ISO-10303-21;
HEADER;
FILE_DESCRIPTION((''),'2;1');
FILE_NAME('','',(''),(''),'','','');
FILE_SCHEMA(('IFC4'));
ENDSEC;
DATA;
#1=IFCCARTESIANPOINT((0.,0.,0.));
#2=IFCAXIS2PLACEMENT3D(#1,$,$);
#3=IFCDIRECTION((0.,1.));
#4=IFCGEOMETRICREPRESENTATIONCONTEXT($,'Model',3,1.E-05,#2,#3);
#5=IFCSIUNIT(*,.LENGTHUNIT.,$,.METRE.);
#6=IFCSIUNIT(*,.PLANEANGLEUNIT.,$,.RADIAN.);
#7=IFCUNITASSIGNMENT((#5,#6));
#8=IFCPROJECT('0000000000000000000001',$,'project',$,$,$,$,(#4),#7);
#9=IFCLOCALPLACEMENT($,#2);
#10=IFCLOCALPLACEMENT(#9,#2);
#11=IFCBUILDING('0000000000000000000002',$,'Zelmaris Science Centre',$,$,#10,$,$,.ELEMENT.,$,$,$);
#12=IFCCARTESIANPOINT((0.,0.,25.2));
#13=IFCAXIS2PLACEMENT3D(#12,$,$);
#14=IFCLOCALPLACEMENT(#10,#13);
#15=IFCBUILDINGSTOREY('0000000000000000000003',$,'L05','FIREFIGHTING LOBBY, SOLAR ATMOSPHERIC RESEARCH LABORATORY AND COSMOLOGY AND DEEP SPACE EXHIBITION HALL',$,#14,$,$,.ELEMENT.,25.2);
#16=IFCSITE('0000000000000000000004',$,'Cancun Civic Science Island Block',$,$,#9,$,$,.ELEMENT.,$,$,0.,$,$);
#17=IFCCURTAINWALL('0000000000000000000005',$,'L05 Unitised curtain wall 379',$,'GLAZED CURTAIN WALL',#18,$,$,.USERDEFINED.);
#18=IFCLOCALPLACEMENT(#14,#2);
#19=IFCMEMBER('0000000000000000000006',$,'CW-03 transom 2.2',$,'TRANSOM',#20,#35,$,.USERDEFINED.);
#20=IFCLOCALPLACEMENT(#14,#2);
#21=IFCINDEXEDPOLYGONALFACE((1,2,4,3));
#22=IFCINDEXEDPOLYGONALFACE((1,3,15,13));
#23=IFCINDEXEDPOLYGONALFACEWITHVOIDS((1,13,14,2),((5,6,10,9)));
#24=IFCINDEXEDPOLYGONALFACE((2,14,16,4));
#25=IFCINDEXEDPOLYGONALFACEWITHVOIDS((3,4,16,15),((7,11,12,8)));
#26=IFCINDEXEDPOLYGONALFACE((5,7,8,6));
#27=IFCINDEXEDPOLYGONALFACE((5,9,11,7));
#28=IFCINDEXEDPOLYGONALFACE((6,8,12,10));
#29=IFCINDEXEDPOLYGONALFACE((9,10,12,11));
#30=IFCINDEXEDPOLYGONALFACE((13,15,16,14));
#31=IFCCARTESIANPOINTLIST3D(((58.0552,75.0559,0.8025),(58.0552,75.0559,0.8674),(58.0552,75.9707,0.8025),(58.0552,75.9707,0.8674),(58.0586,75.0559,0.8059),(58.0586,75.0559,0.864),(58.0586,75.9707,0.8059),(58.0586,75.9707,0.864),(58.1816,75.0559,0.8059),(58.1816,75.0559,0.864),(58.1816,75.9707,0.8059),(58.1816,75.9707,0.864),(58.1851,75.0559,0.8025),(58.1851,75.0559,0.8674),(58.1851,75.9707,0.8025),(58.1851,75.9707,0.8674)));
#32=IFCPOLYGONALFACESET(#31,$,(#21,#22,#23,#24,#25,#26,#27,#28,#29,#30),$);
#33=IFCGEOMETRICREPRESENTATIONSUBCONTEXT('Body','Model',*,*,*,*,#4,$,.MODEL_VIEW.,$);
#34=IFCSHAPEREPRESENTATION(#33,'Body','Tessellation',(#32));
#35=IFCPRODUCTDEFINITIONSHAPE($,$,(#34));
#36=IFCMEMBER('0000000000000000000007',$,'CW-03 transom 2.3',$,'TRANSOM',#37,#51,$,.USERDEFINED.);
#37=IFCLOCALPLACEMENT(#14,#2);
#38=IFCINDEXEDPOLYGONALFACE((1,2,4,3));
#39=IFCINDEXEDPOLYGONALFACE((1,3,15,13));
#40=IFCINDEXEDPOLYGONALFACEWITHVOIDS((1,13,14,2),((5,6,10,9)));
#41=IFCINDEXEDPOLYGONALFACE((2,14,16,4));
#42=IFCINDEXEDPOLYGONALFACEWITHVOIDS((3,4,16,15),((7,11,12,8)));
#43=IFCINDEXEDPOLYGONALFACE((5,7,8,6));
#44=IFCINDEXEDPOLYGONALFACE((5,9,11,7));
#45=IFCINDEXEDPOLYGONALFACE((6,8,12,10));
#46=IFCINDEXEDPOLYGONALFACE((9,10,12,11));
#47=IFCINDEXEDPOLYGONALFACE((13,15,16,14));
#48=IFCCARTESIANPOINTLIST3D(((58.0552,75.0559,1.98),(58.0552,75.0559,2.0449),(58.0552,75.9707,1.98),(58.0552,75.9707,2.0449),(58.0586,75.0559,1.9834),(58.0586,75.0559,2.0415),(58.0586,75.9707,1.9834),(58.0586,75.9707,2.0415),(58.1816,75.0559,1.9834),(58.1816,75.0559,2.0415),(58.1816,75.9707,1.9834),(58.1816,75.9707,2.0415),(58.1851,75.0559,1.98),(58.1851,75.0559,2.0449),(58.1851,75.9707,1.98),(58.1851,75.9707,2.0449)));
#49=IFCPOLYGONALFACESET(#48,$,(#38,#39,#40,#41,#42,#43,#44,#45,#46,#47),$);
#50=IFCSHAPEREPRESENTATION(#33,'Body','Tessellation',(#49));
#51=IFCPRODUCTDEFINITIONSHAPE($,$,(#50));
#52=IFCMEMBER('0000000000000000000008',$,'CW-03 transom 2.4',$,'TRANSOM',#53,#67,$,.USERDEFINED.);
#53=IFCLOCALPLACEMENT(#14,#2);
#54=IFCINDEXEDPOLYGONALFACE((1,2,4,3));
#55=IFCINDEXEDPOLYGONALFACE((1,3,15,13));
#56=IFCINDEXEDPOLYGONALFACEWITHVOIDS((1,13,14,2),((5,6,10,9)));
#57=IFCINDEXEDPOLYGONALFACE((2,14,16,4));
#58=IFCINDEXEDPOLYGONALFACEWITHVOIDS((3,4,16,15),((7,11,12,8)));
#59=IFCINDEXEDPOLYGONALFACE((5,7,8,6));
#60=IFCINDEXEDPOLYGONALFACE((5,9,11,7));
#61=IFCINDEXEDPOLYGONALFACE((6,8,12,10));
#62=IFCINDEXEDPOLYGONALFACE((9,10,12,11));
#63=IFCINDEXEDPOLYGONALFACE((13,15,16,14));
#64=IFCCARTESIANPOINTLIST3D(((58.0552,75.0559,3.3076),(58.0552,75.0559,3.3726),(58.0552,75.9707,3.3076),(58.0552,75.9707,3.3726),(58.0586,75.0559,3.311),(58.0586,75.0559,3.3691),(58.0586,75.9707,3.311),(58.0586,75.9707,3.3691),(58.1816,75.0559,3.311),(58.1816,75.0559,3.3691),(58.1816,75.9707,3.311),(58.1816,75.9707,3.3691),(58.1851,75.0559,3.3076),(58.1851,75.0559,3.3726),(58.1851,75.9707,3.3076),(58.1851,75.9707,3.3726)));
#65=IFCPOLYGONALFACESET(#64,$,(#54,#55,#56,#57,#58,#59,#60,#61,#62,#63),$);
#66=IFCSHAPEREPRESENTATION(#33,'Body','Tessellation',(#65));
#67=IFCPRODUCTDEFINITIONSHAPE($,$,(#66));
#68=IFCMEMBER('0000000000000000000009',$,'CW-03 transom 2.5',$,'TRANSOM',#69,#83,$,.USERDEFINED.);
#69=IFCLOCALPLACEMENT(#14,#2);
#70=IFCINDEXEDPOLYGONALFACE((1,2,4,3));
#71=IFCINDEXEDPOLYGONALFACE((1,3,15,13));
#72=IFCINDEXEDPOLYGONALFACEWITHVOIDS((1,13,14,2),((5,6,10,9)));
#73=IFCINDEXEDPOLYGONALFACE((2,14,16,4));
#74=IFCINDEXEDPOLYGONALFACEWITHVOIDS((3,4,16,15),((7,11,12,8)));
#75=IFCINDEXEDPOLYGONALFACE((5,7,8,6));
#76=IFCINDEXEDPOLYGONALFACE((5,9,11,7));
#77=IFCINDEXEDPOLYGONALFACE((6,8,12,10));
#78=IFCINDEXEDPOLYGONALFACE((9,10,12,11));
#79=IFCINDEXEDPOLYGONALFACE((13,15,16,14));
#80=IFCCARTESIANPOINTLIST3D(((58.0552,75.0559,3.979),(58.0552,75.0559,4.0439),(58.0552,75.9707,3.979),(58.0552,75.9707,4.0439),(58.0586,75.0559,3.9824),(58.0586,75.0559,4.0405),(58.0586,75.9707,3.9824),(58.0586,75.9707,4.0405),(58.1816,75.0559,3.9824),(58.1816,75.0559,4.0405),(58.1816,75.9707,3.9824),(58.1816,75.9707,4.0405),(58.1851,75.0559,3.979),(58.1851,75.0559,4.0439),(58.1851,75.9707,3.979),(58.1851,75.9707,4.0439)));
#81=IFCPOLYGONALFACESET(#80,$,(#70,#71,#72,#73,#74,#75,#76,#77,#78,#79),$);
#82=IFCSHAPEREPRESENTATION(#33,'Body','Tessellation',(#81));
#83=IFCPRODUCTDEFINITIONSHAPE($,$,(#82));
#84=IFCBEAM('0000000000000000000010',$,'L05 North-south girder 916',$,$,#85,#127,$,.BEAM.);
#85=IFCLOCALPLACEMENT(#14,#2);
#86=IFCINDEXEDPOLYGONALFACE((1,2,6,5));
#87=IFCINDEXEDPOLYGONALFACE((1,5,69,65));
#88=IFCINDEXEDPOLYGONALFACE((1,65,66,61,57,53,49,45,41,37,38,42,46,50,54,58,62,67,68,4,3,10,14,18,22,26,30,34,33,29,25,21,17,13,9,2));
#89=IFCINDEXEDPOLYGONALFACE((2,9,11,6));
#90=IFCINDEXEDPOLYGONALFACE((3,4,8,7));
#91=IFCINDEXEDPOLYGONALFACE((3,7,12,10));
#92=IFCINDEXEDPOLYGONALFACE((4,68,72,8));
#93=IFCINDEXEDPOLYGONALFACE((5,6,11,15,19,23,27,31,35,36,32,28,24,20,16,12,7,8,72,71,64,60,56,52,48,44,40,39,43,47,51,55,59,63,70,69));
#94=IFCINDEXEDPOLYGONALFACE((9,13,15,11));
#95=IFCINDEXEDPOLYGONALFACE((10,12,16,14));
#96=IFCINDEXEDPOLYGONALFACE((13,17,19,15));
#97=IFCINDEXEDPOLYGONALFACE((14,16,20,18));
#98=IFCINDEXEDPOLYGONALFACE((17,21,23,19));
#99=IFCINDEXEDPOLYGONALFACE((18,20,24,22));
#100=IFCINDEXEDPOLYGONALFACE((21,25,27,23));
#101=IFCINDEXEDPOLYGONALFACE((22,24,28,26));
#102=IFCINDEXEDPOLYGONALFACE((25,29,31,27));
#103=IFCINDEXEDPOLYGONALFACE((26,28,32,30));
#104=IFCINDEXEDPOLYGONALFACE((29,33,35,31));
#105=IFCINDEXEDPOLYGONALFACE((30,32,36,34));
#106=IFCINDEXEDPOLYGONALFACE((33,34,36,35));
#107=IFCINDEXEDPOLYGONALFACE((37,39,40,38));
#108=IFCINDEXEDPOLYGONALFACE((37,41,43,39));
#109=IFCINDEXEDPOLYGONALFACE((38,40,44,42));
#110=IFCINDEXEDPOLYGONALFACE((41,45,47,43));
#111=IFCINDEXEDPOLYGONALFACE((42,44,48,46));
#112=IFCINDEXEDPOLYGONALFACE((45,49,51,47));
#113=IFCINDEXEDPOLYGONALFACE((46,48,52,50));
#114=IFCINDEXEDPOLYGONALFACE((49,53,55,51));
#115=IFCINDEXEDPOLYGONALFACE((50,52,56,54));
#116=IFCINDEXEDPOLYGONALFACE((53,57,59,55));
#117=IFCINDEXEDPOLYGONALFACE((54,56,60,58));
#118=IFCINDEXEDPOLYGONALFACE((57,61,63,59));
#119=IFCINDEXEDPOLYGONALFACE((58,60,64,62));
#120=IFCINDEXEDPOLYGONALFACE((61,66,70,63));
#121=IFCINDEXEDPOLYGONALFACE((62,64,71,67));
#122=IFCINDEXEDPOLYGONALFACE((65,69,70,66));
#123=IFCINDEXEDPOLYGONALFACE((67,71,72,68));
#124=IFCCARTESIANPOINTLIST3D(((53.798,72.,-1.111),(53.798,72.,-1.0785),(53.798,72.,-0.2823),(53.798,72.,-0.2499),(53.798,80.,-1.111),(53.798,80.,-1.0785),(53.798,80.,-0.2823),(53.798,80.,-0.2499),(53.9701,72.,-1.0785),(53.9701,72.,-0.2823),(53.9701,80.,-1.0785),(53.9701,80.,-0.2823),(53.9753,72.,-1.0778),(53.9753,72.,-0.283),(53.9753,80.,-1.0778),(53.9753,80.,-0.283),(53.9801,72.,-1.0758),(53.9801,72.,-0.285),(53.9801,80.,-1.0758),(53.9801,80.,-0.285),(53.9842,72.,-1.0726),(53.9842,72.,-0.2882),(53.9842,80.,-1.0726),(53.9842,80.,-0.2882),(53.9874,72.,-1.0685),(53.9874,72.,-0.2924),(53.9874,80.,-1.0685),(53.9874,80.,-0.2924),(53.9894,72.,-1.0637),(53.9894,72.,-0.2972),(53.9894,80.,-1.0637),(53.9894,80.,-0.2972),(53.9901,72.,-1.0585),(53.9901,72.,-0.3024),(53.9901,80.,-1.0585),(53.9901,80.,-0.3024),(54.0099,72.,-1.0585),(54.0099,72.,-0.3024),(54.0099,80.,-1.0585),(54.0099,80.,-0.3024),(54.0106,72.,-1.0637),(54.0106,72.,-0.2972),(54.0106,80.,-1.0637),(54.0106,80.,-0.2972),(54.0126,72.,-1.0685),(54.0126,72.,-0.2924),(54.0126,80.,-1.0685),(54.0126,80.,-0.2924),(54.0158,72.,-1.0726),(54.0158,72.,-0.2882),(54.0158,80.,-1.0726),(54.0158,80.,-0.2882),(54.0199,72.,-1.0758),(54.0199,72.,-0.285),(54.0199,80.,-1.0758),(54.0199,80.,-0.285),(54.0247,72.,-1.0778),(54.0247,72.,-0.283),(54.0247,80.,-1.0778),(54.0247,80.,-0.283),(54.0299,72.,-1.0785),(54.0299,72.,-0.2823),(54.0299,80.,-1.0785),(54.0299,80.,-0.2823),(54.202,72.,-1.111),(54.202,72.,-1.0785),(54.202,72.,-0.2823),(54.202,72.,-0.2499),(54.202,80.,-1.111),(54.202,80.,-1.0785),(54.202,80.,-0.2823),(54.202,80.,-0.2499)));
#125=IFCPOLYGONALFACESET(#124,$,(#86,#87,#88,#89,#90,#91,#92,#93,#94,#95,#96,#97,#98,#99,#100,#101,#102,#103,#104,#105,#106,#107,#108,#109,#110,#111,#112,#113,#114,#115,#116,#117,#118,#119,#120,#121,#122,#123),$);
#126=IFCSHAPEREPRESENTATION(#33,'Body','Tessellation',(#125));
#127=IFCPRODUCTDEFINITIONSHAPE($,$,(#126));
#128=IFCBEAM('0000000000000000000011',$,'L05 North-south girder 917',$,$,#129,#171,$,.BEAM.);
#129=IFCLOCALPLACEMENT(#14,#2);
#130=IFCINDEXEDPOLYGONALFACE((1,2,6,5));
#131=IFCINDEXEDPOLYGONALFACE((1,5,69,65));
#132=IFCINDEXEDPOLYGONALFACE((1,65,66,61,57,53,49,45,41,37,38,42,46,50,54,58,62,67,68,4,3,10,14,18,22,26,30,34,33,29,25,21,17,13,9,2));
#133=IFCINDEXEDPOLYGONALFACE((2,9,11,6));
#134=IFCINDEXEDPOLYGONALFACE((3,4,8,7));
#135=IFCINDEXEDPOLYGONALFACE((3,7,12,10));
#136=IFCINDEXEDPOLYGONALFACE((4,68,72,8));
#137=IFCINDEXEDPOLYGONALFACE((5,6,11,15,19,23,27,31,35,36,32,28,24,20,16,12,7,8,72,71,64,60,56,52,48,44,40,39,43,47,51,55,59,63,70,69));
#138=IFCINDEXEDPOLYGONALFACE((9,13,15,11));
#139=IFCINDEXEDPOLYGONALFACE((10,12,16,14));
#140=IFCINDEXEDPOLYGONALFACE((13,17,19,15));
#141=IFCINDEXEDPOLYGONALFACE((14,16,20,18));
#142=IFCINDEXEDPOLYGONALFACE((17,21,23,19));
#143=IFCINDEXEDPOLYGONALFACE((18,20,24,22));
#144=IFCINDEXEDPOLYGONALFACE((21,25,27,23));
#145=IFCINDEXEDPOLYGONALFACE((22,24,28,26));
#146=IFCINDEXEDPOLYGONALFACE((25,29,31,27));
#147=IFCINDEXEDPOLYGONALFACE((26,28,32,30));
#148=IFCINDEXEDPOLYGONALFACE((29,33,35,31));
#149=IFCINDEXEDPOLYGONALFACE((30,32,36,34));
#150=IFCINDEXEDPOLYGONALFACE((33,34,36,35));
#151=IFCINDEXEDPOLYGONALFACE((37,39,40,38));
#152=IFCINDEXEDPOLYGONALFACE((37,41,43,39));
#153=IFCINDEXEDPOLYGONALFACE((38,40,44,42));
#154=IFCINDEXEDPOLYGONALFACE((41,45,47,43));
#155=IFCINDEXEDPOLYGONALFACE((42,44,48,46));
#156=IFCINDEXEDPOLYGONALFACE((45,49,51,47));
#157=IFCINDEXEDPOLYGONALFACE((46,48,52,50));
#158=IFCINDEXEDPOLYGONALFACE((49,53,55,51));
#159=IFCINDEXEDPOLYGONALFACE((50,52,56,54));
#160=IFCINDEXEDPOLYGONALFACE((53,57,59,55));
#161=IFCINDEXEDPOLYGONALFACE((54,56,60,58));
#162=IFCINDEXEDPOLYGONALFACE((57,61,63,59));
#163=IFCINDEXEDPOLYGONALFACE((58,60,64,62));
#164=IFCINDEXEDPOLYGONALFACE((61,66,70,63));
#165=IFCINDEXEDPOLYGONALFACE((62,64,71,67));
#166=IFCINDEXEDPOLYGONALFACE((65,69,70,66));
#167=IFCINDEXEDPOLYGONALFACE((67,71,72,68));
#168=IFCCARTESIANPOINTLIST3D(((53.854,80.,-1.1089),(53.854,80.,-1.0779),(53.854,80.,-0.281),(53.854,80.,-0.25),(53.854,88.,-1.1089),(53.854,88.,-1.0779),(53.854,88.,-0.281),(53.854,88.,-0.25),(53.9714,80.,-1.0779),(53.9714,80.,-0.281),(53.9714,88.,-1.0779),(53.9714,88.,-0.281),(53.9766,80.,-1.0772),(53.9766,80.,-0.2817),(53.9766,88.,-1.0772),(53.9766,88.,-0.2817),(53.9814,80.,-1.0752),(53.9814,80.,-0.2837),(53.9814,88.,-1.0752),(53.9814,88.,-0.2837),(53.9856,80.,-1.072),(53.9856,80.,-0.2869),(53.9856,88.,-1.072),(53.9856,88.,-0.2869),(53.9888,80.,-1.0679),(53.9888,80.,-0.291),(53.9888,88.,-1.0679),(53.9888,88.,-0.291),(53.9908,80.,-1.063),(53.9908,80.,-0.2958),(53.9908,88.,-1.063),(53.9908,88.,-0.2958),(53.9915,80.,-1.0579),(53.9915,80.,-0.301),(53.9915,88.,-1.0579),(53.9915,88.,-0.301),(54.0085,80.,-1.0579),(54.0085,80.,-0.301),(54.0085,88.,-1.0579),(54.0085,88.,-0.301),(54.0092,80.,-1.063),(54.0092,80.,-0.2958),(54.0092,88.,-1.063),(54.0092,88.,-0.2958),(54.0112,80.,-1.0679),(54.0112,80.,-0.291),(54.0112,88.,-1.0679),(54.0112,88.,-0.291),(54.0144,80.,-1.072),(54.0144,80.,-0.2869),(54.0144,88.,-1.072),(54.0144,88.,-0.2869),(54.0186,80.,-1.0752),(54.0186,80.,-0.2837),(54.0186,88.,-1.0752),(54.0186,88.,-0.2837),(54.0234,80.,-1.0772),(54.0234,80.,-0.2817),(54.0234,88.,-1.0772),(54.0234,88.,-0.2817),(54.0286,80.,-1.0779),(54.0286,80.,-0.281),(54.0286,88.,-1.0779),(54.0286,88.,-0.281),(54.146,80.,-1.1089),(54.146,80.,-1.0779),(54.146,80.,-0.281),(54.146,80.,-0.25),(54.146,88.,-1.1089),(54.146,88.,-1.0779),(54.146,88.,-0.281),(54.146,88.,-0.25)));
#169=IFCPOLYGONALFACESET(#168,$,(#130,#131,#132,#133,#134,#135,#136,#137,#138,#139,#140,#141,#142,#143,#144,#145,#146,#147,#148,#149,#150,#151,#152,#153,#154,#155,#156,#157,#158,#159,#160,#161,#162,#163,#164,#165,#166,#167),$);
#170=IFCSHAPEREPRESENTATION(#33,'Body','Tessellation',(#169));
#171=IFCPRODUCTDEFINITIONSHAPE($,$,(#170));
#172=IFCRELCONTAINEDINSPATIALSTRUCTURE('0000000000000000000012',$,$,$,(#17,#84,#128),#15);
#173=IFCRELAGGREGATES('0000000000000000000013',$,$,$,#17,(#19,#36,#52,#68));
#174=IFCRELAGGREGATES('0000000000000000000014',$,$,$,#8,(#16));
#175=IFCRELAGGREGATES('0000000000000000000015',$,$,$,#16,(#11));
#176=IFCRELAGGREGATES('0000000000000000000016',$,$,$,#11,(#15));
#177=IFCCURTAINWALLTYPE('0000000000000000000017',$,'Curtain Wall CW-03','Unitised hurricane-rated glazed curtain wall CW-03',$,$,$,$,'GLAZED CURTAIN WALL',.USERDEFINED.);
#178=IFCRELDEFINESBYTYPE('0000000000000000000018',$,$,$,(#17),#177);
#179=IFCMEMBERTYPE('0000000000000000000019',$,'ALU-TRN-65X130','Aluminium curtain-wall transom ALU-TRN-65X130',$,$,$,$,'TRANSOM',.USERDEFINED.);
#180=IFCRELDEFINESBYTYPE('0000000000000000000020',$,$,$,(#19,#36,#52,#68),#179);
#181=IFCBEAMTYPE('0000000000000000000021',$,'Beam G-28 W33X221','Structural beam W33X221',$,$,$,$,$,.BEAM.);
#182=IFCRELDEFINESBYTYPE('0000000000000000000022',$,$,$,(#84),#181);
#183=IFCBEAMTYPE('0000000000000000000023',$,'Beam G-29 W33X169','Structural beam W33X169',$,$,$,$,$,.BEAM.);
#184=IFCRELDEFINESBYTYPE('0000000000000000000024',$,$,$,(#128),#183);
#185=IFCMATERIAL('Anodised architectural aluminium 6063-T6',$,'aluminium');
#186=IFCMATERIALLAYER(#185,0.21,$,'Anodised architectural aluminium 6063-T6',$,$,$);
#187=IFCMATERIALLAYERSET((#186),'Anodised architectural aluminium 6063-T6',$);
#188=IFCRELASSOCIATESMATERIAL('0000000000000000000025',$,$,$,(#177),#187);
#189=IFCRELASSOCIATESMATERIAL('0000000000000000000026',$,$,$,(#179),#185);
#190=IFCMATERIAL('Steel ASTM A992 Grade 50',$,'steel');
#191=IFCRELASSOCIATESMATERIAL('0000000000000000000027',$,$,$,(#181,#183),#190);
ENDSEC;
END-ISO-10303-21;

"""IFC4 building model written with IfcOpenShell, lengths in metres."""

from ifc_helpers import new_model, si_unit, direction, frame, origin, origin_2d, place, context, subcontext, project, spatial, hollow_rectangle, i_section, extrude, material, layer, layer_set, material_profile, profile_set, type_object, element, aggregate, save


model = new_model("IFC4")

# Units and contexts
model_context = context("Model", 3, precision=1e-05, world=origin(), true_north=direction((0.0, 1.0)))
body_context = subcontext(model_context, "Body", "Model", "MODEL_VIEW")
ifc_project = project(units=[si_unit("LENGTHUNIT", "METRE"), si_unit("PLANEANGLEUNIT", "RADIAN")], contexts=[model_context])

# Site, building, storey
site_placement = place(None, origin())
site = spatial("IfcSite", under=ifc_project, at=site_placement, Name="Cancun Civic Science Island Block", CompositionType="ELEMENT", RefElevation=0.0)
building_placement = place(site_placement, origin())
building = spatial("IfcBuilding", under=site, at=building_placement, Name="Zelmaris Science Centre", CompositionType="ELEMENT")
storey_placement = place(building_placement, frame((0.0, 0.0, 25.2)))
storey = spatial("IfcBuildingStorey", under=building, at=storey_placement, Name="L05", Description="FIREFIGHTING LOBBY, SOLAR ATMOSPHERIC RESEARCH LABORATORY AND COSMOLOGY AND DEEP SPACE EXHIBITION HALL", CompositionType="ELEMENT", Elevation=25.2)

# Curtain wall
ifc_material_1 = material(Name="Anodised architectural aluminium 6063-T6", Category="aluminium")
ifc_layer_1 = layer(ifc_material_1, 0.21, Name="Anodised architectural aluminium 6063-T6")
ifc_layer_set_1 = layer_set([ifc_layer_1], Name="Anodised architectural aluminium 6063-T6")
curtain_wall_type_1 = type_object("IfcCurtainWallType", Name="Curtain Wall CW-03", Description="Unitised hurricane-rated glazed curtain wall CW-03", ElementType="GLAZED CURTAIN WALL", PredefinedType="USERDEFINED", material=ifc_layer_set_1)
curtain_wall_1_placement = place(storey_placement, origin())
curtain_wall_1 = element("IfcCurtainWall", 1, at=curtain_wall_1_placement, inside=storey, type_object=curtain_wall_type_1, Name="L05 Unitised curtain wall 379", ObjectType="GLAZED CURTAIN WALL", PredefinedType="USERDEFINED")

# Members
ifc_material_profile_1 = material_profile(ifc_material_1, hollow_rectangle(XDim=0.0649, YDim=0.1299, WallThickness=0.0034, at=origin_2d()), Name="ALU-TRN-65X130")
ifc_profile_set_1 = profile_set([ifc_material_profile_1], Name="Anodised architectural aluminium 6063-T6")
member_type_1 = type_object("IfcMemberType", Name="ALU-TRN-65X130", Description="Aluminium curtain-wall transom ALU-TRN-65X130", ElementType="TRANSOM", PredefinedType="USERDEFINED", material=ifc_profile_set_1)
member_1_placement = place(storey_placement, frame((58.1201, 75.0559, 0.835), z_axis=(0.0, 1.0, 0.0), x_axis=(0.0, 0.0, 1.0)))
member_1 = element("IfcMember", 2, at=member_1_placement, type_object=member_type_1, Name="CW-03 transom 2.2", ObjectType="TRANSOM", PredefinedType="USERDEFINED", context=body_context, shape_type="SweptSolid", body=[
    extrude(hollow_rectangle(XDim=0.0649, YDim=0.1299, WallThickness=0.0034, at=origin_2d()), origin(), (0.0, 0.0, 1.0), 0.9148),
])
member_2_placement = place(storey_placement, frame((58.1201, 75.0559, 2.0125), z_axis=(0.0, 1.0, 0.0), x_axis=(0.0, 0.0, 1.0)))
member_2 = element("IfcMember", 3, at=member_2_placement, type_object=member_type_1, Name="CW-03 transom 2.3", ObjectType="TRANSOM", PredefinedType="USERDEFINED", context=body_context, shape_type="SweptSolid", body=[
    extrude(hollow_rectangle(XDim=0.0649, YDim=0.1299, WallThickness=0.0034, at=origin_2d()), origin(), (0.0, 0.0, 1.0), 0.9148),
])
member_3_placement = place(storey_placement, frame((58.1201, 75.0559, 3.3401), z_axis=(0.0, 1.0, 0.0), x_axis=(0.0, 0.0, 1.0)))
member_3 = element("IfcMember", 4, at=member_3_placement, type_object=member_type_1, Name="CW-03 transom 2.4", ObjectType="TRANSOM", PredefinedType="USERDEFINED", context=body_context, shape_type="SweptSolid", body=[
    extrude(hollow_rectangle(XDim=0.0649, YDim=0.1299, WallThickness=0.0034, at=origin_2d()), origin(), (0.0, 0.0, 1.0), 0.9148),
])
member_4_placement = place(storey_placement, frame((58.1201, 75.0559, 4.0115), z_axis=(0.0, 1.0, 0.0), x_axis=(0.0, 0.0, 1.0)))
member_4 = element("IfcMember", 5, at=member_4_placement, type_object=member_type_1, Name="CW-03 transom 2.5", ObjectType="TRANSOM", PredefinedType="USERDEFINED", context=body_context, shape_type="SweptSolid", body=[
    extrude(hollow_rectangle(XDim=0.0649, YDim=0.1299, WallThickness=0.0034, at=origin_2d()), origin(), (0.0, 0.0, 1.0), 0.9148),
])

# Beams
ifc_material_2 = material(Name="Steel ASTM A992 Grade 50", Category="steel")
ifc_material_profile_2 = material_profile(ifc_material_2, i_section(OverallWidth=0.4041, OverallDepth=0.8611, WebThickness=0.0198, FlangeThickness=0.0325, FilletRadius=0.02, at=origin_2d()), Name="W33X221")
ifc_profile_set_2 = profile_set([ifc_material_profile_2], Name="Steel ASTM A992 Grade 50")
beam_type_1 = type_object("IfcBeamType", Name="Beam G-28 W33X221", Description="Structural beam W33X221", PredefinedType="BEAM", material=ifc_profile_set_2)
beam_1_placement = place(storey_placement, frame((54.0, 72.0, -0.6804), z_axis=(0.0, 1.0, 0.0), x_axis=(-1.0, 0.0, 0.0)))
element("IfcBeam", 6, at=beam_1_placement, inside=storey, type_object=beam_type_1, Name="L05 North-south girder 916", PredefinedType="BEAM", context=body_context, shape_type="SweptSolid", body=[
    extrude(i_section(OverallWidth=0.4041, OverallDepth=0.8611, WebThickness=0.0198, FlangeThickness=0.0325, FilletRadius=0.02, at=origin_2d()), origin(), (0.0, 0.0, 1.0), 8.0),
])
ifc_material_profile_3 = material_profile(ifc_material_2, i_section(OverallWidth=0.292, OverallDepth=0.8589, WebThickness=0.0171, FlangeThickness=0.031, FilletRadius=0.02, at=origin_2d()), Name="W33X169")
ifc_profile_set_3 = profile_set([ifc_material_profile_3], Name="Steel ASTM A992 Grade 50")
beam_type_2 = type_object("IfcBeamType", Name="Beam G-29 W33X169", Description="Structural beam W33X169", PredefinedType="BEAM", material=ifc_profile_set_3)
beam_2_placement = place(storey_placement, frame((54.0, 80.0, -0.6794), z_axis=(0.0, 1.0, 0.0), x_axis=(-1.0, 0.0, 0.0)))
element("IfcBeam", 7, at=beam_2_placement, inside=storey, type_object=beam_type_2, Name="L05 North-south girder 917", PredefinedType="BEAM", context=body_context, shape_type="SweptSolid", body=[
    extrude(i_section(OverallWidth=0.292, OverallDepth=0.8589, WebThickness=0.0171, FlangeThickness=0.031, FilletRadius=0.02, at=origin_2d()), origin(), (0.0, 0.0, 1.0), 8.0),
])

aggregate(curtain_wall_1, [member_1, member_2, member_3, member_4])

save(model, "model.ifc")
